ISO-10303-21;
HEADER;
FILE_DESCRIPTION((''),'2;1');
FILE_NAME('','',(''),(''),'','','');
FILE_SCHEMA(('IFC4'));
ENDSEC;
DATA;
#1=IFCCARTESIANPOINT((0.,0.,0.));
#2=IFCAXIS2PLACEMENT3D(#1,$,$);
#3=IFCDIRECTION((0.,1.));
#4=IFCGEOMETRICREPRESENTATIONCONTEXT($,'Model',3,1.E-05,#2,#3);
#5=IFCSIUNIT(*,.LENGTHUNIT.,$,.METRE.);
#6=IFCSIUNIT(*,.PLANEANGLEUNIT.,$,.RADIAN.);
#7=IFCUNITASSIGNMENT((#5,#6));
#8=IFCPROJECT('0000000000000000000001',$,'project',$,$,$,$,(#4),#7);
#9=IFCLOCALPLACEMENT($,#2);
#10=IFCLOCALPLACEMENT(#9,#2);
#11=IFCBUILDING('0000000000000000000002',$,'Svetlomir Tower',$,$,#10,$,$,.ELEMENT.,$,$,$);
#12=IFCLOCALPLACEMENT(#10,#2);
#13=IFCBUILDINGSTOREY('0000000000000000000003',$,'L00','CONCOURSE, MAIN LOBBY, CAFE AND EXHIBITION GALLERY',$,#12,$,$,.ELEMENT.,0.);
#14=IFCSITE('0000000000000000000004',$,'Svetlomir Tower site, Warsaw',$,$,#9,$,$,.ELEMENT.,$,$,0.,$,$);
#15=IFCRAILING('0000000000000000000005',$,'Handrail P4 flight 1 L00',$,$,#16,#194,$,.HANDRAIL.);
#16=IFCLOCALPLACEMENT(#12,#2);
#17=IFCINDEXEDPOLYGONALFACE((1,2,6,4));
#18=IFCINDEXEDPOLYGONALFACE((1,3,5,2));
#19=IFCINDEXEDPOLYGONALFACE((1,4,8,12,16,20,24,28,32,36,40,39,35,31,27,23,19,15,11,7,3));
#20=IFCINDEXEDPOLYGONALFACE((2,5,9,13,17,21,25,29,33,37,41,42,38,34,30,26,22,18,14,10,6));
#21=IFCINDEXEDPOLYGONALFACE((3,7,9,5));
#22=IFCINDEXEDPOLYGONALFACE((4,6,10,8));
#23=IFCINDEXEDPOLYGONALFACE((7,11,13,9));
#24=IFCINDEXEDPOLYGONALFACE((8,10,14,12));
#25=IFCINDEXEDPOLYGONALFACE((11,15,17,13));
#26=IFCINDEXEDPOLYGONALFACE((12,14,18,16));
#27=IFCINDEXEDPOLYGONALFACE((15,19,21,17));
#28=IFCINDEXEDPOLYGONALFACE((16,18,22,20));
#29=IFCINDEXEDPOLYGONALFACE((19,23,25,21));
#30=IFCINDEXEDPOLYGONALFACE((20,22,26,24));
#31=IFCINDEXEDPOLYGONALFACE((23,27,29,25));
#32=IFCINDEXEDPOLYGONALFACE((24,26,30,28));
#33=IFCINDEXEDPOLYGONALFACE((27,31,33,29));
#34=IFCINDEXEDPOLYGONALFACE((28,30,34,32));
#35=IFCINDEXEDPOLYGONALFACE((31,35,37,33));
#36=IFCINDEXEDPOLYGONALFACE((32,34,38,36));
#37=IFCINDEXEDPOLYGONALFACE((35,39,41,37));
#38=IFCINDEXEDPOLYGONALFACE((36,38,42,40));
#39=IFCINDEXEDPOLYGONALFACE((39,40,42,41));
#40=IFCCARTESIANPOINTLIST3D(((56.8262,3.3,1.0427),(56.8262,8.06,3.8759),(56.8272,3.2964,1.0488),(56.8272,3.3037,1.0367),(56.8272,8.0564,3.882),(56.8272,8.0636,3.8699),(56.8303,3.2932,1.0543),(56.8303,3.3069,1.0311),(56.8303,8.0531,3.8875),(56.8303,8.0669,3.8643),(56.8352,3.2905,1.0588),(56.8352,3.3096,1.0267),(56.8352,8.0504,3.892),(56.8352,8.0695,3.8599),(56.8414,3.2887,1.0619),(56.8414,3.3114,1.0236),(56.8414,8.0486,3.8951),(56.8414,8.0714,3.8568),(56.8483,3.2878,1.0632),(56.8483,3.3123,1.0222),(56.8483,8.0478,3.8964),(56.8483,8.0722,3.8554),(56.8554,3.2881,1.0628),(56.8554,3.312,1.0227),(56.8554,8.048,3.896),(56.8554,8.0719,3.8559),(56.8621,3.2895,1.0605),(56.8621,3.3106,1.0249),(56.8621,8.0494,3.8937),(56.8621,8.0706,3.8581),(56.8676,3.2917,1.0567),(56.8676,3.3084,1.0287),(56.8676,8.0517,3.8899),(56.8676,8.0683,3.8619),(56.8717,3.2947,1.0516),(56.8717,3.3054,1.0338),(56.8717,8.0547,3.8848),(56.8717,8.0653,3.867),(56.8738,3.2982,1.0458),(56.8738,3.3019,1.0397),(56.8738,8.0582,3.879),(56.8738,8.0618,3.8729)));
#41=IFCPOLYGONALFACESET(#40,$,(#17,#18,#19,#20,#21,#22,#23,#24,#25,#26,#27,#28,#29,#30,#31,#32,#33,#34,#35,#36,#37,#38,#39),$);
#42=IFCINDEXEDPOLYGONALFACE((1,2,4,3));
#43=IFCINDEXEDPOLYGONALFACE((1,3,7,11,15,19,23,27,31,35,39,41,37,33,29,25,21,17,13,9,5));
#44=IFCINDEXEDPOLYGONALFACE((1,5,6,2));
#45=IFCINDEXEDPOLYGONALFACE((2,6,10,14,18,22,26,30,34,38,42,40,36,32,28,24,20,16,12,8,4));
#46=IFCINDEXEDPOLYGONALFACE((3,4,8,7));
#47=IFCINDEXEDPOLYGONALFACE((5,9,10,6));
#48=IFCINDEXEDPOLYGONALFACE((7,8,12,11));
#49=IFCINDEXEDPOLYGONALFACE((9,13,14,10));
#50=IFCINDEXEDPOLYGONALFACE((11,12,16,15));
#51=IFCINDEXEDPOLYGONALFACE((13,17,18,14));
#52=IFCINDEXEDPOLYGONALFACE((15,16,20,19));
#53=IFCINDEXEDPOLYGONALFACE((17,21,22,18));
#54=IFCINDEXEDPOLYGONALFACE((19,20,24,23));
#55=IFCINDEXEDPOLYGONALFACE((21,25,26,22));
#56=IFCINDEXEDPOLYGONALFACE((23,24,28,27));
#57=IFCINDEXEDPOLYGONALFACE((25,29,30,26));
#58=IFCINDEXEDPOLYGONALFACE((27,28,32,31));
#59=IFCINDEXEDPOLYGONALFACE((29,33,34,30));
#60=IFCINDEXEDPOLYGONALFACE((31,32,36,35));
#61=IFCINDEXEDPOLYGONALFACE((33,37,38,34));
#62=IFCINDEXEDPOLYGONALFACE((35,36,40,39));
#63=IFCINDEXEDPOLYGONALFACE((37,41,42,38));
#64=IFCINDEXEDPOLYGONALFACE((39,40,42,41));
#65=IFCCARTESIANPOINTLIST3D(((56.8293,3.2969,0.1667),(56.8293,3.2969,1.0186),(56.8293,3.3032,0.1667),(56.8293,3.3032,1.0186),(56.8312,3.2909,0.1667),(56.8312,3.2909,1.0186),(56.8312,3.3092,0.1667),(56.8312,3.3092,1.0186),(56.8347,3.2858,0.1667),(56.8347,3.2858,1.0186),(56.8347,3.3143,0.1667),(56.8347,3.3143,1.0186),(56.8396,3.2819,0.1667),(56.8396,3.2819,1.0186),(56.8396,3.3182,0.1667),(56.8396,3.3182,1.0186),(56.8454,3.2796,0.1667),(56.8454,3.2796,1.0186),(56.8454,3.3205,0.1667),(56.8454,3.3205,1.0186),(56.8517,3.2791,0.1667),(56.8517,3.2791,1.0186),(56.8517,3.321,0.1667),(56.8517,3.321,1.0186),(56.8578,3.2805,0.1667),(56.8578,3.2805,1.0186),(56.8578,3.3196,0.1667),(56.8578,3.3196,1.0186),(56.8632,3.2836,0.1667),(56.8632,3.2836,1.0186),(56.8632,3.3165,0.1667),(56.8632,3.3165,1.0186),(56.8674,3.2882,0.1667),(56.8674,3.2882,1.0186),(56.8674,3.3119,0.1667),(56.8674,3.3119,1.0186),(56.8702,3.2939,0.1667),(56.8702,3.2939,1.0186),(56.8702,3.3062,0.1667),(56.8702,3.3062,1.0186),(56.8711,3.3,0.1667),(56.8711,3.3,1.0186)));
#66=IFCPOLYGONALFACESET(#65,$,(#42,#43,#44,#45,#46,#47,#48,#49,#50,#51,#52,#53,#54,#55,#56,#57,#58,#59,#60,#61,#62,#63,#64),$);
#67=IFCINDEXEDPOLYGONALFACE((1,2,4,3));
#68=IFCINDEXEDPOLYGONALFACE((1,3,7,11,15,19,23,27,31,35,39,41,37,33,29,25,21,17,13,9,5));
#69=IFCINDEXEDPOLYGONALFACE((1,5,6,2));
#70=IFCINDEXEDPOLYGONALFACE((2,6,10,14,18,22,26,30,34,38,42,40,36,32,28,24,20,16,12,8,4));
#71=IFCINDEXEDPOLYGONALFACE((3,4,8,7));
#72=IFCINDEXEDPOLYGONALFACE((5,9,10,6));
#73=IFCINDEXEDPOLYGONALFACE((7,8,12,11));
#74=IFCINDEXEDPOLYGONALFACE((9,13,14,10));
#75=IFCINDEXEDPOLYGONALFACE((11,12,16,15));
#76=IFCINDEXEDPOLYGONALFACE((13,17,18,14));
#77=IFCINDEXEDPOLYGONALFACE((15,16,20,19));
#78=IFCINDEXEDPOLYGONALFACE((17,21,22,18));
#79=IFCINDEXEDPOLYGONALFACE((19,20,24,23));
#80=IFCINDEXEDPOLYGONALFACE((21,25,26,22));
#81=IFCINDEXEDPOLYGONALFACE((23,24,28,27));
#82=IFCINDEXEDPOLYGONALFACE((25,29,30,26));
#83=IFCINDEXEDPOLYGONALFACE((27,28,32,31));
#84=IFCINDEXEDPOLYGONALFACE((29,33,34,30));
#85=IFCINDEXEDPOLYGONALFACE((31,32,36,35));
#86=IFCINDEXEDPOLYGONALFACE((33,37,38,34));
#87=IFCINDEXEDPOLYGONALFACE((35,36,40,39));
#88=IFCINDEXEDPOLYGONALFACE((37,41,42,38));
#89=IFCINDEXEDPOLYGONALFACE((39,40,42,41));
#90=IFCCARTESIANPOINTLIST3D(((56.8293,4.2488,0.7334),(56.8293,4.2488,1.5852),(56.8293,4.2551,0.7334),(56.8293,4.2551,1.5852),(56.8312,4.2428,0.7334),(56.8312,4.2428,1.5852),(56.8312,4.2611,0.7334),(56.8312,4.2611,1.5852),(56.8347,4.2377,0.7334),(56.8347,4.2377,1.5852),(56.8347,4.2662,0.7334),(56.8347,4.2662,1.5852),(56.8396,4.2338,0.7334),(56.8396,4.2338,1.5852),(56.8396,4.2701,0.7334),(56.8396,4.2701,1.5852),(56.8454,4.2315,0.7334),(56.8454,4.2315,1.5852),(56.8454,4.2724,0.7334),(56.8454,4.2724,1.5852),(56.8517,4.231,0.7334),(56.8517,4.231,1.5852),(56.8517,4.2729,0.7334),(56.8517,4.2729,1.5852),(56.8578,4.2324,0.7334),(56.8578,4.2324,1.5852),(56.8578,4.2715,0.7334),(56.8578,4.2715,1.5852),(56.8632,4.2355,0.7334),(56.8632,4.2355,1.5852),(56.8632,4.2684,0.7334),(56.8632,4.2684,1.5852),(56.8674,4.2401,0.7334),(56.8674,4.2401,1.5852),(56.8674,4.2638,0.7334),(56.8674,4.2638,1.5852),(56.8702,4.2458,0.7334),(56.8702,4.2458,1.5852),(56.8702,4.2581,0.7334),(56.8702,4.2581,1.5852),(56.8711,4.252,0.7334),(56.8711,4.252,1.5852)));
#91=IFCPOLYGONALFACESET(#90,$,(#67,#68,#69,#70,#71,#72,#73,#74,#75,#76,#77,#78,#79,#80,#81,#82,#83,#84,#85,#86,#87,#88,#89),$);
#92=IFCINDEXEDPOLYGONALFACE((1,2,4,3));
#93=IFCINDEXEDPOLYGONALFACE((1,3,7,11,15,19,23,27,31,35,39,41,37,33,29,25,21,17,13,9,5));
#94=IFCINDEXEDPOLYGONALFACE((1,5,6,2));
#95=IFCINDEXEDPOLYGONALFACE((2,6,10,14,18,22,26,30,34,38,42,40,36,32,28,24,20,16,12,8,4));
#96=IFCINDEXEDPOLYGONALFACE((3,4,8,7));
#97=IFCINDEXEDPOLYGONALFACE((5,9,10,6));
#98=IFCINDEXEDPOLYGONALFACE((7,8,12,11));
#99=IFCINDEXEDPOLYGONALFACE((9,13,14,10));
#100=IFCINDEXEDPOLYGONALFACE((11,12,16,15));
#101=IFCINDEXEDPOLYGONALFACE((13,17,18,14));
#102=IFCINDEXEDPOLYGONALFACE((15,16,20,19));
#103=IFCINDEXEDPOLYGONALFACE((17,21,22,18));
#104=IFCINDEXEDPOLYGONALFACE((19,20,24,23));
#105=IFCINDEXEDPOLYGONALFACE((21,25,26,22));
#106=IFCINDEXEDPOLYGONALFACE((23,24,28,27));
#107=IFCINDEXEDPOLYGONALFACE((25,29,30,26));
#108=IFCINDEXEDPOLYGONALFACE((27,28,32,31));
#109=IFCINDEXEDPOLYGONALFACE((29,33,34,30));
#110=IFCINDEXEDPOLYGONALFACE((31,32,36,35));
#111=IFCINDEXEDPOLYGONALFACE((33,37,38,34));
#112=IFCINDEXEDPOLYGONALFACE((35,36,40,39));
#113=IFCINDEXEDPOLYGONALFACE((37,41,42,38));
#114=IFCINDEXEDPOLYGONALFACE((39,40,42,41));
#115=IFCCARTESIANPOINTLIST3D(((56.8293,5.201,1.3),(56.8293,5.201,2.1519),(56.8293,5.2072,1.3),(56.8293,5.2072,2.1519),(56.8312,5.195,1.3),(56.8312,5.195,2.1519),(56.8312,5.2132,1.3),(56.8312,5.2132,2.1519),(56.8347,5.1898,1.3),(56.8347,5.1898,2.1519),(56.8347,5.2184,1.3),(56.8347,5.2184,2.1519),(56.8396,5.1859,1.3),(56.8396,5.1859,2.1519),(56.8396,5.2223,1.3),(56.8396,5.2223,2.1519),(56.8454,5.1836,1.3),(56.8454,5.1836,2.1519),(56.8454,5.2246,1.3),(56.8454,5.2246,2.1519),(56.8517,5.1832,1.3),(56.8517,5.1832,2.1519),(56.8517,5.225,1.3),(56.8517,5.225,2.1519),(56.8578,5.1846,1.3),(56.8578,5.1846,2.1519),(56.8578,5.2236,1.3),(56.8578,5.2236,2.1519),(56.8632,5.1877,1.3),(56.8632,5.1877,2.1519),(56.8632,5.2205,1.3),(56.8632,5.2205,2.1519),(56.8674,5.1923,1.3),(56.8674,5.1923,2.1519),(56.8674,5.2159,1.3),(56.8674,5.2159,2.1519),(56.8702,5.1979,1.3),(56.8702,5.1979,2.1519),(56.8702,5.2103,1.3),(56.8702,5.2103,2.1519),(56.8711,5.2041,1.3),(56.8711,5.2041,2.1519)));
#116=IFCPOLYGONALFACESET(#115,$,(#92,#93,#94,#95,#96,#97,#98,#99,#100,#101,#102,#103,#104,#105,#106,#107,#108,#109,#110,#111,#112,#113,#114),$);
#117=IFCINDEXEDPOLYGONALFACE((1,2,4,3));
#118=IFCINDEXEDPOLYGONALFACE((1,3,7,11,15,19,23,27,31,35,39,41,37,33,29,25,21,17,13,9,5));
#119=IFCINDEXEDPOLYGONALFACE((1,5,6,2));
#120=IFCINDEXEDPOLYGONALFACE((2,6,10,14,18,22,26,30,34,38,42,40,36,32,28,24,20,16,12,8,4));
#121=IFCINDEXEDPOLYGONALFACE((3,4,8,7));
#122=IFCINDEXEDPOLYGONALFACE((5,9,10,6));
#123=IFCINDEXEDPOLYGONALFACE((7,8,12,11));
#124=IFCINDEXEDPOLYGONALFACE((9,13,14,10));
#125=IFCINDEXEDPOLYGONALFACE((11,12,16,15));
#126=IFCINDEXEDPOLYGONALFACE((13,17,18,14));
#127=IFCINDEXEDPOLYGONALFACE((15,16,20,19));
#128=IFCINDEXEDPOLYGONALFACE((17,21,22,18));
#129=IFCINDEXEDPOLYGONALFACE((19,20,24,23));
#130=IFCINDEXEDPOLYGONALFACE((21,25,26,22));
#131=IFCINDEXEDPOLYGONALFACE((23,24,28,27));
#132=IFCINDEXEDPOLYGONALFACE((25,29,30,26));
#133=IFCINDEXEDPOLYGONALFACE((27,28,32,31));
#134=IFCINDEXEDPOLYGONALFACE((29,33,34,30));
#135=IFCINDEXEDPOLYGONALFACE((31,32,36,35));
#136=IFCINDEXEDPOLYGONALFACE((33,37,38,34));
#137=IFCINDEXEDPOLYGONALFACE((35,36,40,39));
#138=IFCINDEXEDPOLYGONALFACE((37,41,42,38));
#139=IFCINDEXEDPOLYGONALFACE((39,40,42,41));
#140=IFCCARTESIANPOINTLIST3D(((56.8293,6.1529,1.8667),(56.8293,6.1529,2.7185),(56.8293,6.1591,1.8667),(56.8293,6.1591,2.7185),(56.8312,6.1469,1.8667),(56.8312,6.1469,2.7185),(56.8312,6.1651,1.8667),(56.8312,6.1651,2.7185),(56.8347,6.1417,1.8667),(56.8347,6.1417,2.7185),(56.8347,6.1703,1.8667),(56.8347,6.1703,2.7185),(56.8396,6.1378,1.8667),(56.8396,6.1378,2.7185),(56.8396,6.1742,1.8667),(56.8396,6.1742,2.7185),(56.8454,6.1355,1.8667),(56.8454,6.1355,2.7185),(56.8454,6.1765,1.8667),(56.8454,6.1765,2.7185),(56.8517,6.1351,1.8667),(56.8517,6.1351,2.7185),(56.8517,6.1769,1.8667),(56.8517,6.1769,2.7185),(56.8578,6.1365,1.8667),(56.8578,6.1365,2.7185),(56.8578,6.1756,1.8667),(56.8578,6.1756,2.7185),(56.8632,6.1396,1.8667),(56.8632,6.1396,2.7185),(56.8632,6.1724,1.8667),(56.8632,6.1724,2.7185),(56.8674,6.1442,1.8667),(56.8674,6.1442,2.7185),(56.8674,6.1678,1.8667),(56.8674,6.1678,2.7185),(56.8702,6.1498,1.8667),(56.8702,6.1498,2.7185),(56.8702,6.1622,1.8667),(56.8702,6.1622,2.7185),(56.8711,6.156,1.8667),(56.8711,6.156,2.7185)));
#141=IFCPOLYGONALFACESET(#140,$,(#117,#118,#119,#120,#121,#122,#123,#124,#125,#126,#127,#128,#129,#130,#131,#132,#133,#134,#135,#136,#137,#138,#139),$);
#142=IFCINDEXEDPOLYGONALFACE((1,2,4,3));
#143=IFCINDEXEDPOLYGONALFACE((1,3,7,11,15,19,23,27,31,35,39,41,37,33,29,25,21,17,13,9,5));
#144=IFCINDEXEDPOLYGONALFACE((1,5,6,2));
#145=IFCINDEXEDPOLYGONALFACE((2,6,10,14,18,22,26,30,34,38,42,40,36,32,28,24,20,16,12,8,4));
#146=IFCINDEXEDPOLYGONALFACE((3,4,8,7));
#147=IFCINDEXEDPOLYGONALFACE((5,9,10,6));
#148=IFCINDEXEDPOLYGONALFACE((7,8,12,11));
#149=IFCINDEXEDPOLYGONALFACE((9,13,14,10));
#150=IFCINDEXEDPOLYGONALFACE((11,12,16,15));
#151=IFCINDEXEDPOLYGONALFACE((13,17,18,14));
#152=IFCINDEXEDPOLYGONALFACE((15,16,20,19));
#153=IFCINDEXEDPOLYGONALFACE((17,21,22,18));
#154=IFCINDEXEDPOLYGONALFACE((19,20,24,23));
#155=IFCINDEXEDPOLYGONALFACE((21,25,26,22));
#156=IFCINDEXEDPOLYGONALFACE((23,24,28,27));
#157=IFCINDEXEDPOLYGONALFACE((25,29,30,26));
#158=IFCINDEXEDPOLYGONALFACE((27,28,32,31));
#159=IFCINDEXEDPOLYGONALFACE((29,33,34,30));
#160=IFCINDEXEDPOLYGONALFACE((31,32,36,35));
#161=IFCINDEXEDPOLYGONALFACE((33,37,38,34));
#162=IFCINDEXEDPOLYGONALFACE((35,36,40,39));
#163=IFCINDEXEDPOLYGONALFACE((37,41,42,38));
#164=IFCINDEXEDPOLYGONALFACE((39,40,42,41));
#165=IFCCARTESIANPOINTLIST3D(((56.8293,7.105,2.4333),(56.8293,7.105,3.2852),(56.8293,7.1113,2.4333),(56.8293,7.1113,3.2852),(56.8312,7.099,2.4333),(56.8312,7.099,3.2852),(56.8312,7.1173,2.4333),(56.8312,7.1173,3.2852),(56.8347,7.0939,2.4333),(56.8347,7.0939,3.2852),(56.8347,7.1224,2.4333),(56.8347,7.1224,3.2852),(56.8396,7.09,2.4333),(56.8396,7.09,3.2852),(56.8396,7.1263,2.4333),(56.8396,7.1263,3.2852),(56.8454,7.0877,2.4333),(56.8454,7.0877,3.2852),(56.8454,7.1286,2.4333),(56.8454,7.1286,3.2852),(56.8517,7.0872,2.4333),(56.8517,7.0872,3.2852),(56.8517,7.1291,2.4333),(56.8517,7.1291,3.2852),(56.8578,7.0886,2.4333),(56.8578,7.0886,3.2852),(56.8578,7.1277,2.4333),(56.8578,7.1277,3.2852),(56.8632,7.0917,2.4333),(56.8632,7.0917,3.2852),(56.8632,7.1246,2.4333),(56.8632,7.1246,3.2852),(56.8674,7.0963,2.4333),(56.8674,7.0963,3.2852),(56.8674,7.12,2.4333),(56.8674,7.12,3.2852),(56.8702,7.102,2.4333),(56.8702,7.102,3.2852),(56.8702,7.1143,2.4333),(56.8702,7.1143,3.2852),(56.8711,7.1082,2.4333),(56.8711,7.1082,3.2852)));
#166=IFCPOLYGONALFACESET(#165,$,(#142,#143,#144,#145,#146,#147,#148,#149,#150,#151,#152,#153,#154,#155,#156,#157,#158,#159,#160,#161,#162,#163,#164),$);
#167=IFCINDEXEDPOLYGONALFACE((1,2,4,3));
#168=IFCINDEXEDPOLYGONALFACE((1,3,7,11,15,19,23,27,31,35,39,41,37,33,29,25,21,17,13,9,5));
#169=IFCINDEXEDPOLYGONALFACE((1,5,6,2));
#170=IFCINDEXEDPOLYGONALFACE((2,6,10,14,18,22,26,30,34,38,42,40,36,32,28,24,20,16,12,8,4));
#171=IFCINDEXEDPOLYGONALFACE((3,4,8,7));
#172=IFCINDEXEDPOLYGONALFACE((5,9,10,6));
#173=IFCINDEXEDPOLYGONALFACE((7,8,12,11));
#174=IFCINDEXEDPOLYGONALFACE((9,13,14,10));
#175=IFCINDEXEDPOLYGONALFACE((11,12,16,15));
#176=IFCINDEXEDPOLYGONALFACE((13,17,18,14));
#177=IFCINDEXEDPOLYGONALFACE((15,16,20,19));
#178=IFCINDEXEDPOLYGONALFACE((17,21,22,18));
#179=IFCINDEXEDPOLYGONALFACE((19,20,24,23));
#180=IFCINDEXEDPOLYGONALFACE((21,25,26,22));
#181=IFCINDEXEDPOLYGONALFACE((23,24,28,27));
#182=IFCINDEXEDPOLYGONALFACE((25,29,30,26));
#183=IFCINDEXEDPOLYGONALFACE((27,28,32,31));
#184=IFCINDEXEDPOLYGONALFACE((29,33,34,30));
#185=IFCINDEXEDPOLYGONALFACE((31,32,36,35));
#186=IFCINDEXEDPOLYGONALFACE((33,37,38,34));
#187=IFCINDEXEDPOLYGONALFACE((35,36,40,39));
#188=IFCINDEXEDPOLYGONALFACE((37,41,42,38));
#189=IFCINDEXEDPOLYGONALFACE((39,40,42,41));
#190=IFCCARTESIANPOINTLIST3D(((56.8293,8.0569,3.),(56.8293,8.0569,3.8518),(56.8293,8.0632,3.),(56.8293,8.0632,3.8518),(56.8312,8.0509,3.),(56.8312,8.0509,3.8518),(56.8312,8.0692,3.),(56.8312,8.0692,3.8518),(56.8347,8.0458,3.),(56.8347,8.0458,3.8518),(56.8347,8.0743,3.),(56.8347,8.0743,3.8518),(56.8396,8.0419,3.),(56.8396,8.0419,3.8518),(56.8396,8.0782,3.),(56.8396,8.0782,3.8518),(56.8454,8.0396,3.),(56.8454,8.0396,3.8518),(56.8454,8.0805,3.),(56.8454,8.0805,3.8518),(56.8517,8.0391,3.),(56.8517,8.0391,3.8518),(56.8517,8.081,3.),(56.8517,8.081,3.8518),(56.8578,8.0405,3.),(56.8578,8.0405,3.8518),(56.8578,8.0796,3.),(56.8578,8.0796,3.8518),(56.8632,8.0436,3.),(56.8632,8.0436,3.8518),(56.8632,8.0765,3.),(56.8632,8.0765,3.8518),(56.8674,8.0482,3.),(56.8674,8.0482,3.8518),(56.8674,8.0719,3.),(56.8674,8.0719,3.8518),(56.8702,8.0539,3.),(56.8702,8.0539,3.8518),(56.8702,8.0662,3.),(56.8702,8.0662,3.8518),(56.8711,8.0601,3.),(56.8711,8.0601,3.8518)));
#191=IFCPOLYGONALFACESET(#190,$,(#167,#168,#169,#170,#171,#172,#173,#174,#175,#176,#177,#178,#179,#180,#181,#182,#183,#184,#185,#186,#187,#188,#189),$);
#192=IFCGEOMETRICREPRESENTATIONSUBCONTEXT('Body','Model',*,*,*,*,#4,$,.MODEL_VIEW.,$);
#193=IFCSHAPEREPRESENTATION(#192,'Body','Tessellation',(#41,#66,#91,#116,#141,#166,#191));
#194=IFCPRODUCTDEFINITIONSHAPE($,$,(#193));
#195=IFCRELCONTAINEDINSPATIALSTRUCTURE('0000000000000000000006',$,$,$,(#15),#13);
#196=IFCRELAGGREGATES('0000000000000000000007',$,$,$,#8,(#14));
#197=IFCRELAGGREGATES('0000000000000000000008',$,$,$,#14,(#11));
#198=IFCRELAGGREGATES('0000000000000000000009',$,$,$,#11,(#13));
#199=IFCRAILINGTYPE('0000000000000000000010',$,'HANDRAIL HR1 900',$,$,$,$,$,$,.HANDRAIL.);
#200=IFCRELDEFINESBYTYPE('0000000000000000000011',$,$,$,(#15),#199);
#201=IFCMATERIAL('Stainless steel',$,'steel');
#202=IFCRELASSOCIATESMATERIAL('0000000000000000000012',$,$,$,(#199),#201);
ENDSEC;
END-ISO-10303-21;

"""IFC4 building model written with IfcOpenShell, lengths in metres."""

from ifc_helpers import new_model, si_unit, direction, frame, origin, origin_2d, place, context, subcontext, project, spatial, circle, extrude, material, type_object, element, save


model = new_model("IFC4")

# Units and contexts
model_context = context("Model", 3, precision=1e-05, world=origin(), true_north=direction((0.0, 1.0)))
body_context = subcontext(model_context, "Body", "Model", "MODEL_VIEW")
ifc_project = project(units=[si_unit("LENGTHUNIT", "METRE"), si_unit("PLANEANGLEUNIT", "RADIAN")], contexts=[model_context])

# Site, building, storey
site_placement = place(None, origin())
site = spatial("IfcSite", under=ifc_project, at=site_placement, Name="Svetlomir Tower site, Warsaw", CompositionType="ELEMENT", RefElevation=0.0)
building_placement = place(site_placement, origin())
building = spatial("IfcBuilding", under=site, at=building_placement, Name="Svetlomir Tower", CompositionType="ELEMENT")
storey_placement = place(building_placement, origin())
storey = spatial("IfcBuildingStorey", under=building, at=storey_placement, Name="L00", Description="CONCOURSE, MAIN LOBBY, CAFE AND EXHIBITION GALLERY", CompositionType="ELEMENT", Elevation=0.0)

# Railing
ifc_material_1 = material(Name="Stainless steel", Category="steel")
railing_type = type_object("IfcRailingType", Name="HANDRAIL HR1 900", PredefinedType="HANDRAIL", material=ifc_material_1)
railing_placement = place(storey_placement, frame((56.8501, 3.3, 0.1667)))
element("IfcRailing", 1, at=railing_placement, inside=storey, type_object=railing_type, Name="Handrail P4 flight 1 L00", PredefinedType="HANDRAIL", context=body_context, shape_type="SweptSolid", body=[
    extrude(circle(Radius=0.0239, at=origin_2d()), frame((0.0, 0.0, 0.876), z_axis=(0.0, 0.8593, 0.511472), x_axis=(-1.0, 0.0, 0.0)), (0.0, 0.0, 1.0), 5.5393),
    extrude(circle(Radius=0.021, at=origin_2d()), origin(), (0.0, 0.0, 1.0), 0.8518),
    extrude(circle(Radius=0.021, at=origin_2d()), frame((0.0, 0.9519, 0.5667)), (0.0, 0.0, 1.0), 0.8518),
    extrude(circle(Radius=0.021, at=origin_2d()), frame((0.0, 1.9041, 1.1333)), (0.0, 0.0, 1.0), 0.8518),
    extrude(circle(Radius=0.021, at=origin_2d()), frame((0.0, 2.856, 1.7)), (0.0, 0.0, 1.0), 0.8518),
    extrude(circle(Radius=0.021, at=origin_2d()), frame((0.0, 3.8081, 2.2666)), (0.0, 0.0, 1.0), 0.8518),
    extrude(circle(Radius=0.021, at=origin_2d()), frame((0.0, 4.76, 2.8333)), (0.0, 0.0, 1.0), 0.8518),
])

save(model, "model.ifc")
